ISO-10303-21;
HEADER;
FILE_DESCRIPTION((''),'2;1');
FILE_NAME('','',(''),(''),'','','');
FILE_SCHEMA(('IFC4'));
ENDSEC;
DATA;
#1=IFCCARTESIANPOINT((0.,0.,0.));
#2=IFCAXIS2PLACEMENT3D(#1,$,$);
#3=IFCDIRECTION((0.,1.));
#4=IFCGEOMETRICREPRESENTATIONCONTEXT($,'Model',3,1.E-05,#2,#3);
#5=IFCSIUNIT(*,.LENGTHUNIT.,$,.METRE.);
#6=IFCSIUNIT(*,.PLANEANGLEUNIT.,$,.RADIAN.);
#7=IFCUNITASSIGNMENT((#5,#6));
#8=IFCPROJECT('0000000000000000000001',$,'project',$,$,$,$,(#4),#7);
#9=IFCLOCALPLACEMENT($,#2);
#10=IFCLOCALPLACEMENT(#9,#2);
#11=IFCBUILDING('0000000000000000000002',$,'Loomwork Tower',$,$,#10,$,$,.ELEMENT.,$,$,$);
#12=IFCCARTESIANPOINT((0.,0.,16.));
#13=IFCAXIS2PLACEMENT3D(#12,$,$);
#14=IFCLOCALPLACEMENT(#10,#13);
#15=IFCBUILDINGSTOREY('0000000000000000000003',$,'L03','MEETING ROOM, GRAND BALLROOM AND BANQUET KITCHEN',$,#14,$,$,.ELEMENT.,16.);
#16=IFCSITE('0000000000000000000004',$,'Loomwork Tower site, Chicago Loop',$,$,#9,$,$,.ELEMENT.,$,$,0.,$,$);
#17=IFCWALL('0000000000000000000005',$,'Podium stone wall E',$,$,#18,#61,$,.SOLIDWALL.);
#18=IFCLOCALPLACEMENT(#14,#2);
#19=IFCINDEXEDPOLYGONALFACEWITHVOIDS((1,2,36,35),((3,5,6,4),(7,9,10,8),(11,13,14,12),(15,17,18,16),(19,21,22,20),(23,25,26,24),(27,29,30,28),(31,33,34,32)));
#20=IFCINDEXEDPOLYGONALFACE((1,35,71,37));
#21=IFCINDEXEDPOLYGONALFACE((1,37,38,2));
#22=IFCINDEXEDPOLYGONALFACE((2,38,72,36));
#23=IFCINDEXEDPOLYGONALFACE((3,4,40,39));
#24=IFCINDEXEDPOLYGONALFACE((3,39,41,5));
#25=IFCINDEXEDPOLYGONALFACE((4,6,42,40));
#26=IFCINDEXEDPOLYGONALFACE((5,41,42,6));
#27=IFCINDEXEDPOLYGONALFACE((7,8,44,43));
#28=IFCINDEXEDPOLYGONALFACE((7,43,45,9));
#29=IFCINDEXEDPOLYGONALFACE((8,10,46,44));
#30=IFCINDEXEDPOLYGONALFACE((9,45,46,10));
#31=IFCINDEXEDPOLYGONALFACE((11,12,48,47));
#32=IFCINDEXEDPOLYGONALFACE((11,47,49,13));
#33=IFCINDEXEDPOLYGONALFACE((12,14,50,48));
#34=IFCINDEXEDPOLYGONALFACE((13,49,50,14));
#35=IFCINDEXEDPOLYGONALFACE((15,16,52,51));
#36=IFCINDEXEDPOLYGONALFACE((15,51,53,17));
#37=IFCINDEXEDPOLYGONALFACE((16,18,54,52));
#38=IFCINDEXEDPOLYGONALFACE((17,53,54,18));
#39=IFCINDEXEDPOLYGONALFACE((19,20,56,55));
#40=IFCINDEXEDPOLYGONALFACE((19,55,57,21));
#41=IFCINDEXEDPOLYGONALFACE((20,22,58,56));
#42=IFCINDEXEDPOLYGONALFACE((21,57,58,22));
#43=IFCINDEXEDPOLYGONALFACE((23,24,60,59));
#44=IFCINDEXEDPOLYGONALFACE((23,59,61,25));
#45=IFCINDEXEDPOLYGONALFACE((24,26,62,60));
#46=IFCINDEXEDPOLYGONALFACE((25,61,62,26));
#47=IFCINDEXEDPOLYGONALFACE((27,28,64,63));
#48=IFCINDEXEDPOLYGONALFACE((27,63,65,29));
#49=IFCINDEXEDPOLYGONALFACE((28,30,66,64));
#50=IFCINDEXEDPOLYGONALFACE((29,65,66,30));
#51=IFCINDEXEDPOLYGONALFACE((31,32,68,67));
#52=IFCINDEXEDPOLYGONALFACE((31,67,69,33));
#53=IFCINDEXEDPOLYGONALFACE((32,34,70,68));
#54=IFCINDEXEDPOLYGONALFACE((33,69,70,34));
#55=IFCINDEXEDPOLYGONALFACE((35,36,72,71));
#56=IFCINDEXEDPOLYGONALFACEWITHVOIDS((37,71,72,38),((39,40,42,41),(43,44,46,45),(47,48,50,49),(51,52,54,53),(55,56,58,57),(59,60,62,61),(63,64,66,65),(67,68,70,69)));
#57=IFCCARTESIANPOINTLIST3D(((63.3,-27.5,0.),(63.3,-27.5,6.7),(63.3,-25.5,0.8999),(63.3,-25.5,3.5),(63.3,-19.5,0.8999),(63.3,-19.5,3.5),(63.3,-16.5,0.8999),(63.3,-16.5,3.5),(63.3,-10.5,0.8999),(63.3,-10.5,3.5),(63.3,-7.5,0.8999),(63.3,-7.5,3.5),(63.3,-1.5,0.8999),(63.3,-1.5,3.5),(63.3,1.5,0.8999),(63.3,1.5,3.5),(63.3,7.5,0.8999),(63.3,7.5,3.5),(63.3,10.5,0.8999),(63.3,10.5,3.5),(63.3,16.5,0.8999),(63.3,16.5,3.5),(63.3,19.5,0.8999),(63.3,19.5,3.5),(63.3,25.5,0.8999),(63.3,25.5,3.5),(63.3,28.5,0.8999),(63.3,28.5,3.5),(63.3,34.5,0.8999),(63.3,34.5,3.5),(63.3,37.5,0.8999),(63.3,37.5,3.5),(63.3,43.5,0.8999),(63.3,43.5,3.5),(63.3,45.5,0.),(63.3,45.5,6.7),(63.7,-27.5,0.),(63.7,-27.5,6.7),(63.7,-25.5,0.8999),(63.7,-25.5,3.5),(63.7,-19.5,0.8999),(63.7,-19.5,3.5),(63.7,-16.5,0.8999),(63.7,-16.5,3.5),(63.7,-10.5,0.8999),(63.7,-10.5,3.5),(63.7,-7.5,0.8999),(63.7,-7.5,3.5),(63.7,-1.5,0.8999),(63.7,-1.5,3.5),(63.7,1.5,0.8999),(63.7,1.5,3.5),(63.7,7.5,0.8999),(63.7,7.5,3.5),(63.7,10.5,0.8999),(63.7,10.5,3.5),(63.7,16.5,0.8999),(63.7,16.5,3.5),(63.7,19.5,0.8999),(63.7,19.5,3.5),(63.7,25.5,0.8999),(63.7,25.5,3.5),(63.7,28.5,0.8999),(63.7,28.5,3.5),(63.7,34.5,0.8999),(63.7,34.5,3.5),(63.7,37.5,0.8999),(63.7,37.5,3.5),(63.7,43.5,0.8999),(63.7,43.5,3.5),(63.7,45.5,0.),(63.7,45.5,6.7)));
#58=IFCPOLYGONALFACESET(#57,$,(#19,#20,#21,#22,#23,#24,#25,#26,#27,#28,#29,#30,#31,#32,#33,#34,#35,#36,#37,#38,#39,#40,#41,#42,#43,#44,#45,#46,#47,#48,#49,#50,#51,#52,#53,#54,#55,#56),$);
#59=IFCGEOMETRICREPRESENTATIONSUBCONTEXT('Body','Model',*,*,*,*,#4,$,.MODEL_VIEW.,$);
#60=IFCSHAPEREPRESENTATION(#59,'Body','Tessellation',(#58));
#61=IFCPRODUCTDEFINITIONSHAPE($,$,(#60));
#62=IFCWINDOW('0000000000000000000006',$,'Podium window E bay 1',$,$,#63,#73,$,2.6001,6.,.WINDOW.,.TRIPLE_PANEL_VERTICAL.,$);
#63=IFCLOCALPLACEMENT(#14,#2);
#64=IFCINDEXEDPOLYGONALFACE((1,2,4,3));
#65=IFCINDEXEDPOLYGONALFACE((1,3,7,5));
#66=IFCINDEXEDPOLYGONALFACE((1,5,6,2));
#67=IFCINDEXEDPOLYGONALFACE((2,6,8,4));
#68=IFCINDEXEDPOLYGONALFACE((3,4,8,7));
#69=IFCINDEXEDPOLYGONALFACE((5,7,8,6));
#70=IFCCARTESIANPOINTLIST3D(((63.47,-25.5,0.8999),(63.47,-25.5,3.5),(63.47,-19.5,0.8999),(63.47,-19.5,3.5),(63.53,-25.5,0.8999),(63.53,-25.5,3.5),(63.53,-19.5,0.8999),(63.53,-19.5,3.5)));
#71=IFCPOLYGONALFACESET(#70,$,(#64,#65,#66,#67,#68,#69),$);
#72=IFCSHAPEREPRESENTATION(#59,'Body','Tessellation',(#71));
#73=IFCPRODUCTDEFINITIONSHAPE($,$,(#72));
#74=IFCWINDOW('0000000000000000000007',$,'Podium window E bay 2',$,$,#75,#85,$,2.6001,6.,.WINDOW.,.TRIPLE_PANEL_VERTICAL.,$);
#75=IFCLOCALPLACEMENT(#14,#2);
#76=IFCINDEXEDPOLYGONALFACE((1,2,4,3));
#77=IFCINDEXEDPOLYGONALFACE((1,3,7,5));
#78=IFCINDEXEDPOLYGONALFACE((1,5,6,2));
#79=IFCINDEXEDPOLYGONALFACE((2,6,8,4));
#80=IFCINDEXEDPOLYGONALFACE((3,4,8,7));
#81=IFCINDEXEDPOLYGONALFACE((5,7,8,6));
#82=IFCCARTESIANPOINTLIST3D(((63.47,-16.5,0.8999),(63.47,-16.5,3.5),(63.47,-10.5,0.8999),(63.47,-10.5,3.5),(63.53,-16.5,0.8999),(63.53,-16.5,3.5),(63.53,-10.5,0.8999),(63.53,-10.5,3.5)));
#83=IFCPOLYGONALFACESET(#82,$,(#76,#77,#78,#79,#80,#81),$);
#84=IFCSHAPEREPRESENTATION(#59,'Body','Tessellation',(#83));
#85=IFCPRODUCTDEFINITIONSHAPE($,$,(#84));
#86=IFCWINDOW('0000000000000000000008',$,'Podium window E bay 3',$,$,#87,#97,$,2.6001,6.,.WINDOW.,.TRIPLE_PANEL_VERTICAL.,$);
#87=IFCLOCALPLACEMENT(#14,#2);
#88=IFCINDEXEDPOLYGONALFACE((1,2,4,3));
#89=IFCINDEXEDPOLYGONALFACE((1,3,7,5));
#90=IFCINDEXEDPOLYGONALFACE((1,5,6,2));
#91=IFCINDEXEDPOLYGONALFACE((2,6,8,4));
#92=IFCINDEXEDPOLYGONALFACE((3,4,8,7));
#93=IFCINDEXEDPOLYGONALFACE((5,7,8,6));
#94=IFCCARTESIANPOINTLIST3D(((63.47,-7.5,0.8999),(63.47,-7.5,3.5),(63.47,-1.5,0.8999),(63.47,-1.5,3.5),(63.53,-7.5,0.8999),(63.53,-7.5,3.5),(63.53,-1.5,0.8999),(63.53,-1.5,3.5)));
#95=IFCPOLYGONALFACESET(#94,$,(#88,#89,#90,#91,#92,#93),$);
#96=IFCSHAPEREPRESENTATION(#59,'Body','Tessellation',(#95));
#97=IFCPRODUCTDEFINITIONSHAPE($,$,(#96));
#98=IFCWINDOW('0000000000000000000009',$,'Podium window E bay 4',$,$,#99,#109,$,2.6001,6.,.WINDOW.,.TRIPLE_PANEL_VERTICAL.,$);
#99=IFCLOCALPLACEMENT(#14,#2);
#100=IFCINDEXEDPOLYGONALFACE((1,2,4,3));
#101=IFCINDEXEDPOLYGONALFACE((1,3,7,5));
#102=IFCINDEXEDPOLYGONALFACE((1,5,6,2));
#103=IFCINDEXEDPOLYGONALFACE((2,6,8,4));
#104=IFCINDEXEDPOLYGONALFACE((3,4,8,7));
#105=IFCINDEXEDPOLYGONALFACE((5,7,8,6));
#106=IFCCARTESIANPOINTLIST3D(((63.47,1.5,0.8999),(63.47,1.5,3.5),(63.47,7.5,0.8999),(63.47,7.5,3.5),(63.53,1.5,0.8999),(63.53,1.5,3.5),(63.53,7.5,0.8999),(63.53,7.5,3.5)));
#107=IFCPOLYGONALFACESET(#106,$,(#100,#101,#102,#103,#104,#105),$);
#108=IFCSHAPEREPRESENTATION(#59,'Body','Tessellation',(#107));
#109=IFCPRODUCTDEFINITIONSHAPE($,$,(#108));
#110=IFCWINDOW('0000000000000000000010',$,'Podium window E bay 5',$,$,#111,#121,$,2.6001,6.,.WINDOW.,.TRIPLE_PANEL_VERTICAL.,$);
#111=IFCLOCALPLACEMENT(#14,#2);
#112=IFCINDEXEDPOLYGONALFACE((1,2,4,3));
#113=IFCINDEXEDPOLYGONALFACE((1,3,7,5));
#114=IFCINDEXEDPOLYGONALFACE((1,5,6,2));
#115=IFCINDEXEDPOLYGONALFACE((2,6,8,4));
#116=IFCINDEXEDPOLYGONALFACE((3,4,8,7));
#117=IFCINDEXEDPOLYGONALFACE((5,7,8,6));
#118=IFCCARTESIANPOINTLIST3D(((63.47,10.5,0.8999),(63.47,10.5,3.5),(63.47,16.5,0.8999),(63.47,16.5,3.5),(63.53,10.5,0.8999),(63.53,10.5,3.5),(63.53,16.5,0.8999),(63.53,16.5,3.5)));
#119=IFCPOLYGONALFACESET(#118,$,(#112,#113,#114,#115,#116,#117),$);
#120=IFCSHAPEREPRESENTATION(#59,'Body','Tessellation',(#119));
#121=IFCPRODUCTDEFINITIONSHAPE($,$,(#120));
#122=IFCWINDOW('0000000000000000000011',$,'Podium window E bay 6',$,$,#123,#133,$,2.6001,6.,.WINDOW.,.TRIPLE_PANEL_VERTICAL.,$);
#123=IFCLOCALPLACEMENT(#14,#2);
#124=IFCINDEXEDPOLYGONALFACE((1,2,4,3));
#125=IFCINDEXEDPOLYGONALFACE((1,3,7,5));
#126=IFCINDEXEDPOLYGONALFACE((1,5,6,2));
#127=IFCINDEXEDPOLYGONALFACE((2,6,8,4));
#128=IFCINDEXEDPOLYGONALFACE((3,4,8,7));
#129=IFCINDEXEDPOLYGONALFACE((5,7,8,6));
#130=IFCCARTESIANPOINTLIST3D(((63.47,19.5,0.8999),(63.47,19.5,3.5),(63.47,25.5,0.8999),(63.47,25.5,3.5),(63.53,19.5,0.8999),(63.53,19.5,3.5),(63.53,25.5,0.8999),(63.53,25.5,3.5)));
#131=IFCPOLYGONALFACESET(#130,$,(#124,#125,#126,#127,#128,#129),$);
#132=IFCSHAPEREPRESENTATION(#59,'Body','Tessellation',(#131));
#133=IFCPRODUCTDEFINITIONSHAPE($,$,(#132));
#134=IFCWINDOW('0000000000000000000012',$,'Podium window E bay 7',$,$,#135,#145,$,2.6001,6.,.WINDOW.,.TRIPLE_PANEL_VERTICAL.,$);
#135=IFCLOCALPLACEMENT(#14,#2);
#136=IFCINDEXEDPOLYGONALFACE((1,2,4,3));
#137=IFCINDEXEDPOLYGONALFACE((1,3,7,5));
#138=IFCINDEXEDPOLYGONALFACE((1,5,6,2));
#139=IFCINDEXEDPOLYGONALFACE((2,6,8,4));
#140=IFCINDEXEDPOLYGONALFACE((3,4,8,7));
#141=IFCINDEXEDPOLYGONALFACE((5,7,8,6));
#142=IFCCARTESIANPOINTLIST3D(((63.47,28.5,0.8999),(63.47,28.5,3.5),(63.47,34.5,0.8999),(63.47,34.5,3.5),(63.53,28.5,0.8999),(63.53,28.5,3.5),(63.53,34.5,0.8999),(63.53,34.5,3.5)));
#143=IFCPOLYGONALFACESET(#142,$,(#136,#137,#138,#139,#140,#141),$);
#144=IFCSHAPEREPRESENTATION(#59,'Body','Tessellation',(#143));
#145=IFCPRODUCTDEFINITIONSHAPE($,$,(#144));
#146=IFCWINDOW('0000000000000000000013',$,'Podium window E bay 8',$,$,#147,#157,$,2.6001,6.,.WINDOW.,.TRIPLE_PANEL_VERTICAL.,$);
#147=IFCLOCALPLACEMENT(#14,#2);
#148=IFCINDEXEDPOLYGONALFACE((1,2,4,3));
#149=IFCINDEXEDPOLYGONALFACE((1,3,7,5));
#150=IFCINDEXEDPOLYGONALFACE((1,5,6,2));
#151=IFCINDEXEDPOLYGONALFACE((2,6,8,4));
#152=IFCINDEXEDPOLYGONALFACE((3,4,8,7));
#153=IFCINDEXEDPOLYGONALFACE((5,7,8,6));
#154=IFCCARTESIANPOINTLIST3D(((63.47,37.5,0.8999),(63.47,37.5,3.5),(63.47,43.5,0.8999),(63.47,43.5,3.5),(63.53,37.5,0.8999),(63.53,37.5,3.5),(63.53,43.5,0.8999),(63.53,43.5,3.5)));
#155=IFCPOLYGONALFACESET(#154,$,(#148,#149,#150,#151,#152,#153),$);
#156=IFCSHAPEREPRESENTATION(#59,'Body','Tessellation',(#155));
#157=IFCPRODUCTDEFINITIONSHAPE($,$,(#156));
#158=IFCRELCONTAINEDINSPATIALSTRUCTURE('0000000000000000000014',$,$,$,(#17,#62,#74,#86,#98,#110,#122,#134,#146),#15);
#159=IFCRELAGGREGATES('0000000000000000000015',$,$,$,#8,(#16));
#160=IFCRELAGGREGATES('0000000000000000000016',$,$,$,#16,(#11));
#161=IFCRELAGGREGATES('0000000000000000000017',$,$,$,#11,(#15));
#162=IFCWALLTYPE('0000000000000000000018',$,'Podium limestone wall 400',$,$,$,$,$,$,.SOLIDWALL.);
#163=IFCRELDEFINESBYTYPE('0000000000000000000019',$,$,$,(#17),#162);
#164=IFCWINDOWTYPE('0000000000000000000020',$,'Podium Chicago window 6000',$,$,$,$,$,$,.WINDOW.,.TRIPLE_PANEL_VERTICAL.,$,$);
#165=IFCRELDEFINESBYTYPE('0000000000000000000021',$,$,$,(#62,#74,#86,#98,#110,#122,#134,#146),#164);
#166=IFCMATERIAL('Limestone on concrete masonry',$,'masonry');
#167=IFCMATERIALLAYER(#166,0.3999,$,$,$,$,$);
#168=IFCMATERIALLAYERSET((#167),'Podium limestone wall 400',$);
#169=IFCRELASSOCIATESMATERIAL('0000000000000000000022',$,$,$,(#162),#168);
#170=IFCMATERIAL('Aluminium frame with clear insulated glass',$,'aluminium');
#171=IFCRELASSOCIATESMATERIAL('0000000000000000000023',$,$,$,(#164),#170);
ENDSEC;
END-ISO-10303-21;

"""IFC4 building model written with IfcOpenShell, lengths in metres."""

from ifc_helpers import new_model, si_unit, direction, frame, frame_2d, origin, place, context, subcontext, project, spatial, rectangle, extrude, material, layer, layer_set, type_object, element, fill, save


model = new_model("IFC4")

# Units and contexts
model_context = context("Model", 3, precision=1e-05, world=origin(), true_north=direction((0.0, 1.0)))
body_context = subcontext(model_context, "Body", "Model", "MODEL_VIEW")
ifc_project = project(units=[si_unit("LENGTHUNIT", "METRE"), si_unit("PLANEANGLEUNIT", "RADIAN")], contexts=[model_context])

# Site, building, storey
site_placement = place(None, origin())
site = spatial("IfcSite", under=ifc_project, at=site_placement, Name="Loomwork Tower site, Chicago Loop", CompositionType="ELEMENT", RefElevation=0.0)
building_placement = place(site_placement, origin())
building = spatial("IfcBuilding", under=site, at=building_placement, Name="Loomwork Tower", CompositionType="ELEMENT")
storey_placement = place(building_placement, frame((0.0, 0.0, 16.0)))
storey = spatial("IfcBuildingStorey", under=building, at=storey_placement, Name="L03", Description="MEETING ROOM, GRAND BALLROOM AND BANQUET KITCHEN", CompositionType="ELEMENT", Elevation=16.0)

# Wall, openings, windows
ifc_material_1 = material(Name="Limestone on concrete masonry", Category="masonry")
ifc_layer_1 = layer(ifc_material_1, 0.3999)
ifc_layer_set_1 = layer_set([ifc_layer_1], Name="Podium limestone wall 400")
wall_type_1 = type_object("IfcWallType", Name="Podium limestone wall 400", PredefinedType="SOLIDWALL", material=ifc_layer_set_1)
wall_1_placement = place(storey_placement, frame((63.5, -27.5, 0.0), z_axis=(0.0, 0.0, 1.0), x_axis=(0.0, 1.0, 0.0)))
wall_1 = element("IfcWall", 1, at=wall_1_placement, inside=storey, type_object=wall_type_1, Name="Podium stone wall E", PredefinedType="SOLIDWALL", context=body_context, shape_type="SweptSolid", body=[
    extrude(rectangle(XDim=73.0, YDim=0.3999, at=frame_2d((36.5, 0.0))), origin(), (0.0, 0.0, 1.0), 6.7),
])
opening_1_placement = place(wall_1_placement, frame((2.0, 0.0, 0.8999)))
opening_1 = element("IfcOpeningElement", 2, at=opening_1_placement, cuts=wall_1, PredefinedType="OPENING", context=body_context, shape_type="SweptSolid", body=[
    extrude(rectangle(XDim=6.0, YDim=2.6001, at=frame_2d((3.0, 1.3))), frame((0.0, 0.21, 0.0), z_axis=(0.0, -1.0, 0.0), x_axis=(1.0, 0.0, 0.0)), (0.0, 0.0, 1.0), 0.4199),
])
opening_2_placement = place(wall_1_placement, frame((11.0, 0.0, 0.8999)))
opening_2 = element("IfcOpeningElement", 3, at=opening_2_placement, cuts=wall_1, PredefinedType="OPENING", context=body_context, shape_type="SweptSolid", body=[
    extrude(rectangle(XDim=6.0, YDim=2.6001, at=frame_2d((3.0, 1.3))), frame((0.0, 0.21, 0.0), z_axis=(0.0, -1.0, 0.0), x_axis=(1.0, 0.0, 0.0)), (0.0, 0.0, 1.0), 0.4199),
])
opening_3_placement = place(wall_1_placement, frame((20.0, 0.0, 0.8999)))
opening_3 = element("IfcOpeningElement", 4, at=opening_3_placement, cuts=wall_1, PredefinedType="OPENING", context=body_context, shape_type="SweptSolid", body=[
    extrude(rectangle(XDim=6.0, YDim=2.6001, at=frame_2d((3.0, 1.3))), frame((0.0, 0.21, 0.0), z_axis=(0.0, -1.0, 0.0), x_axis=(1.0, 0.0, 0.0)), (0.0, 0.0, 1.0), 0.4199),
])
opening_4_placement = place(wall_1_placement, frame((29.0, 0.0, 0.8999)))
opening_4 = element("IfcOpeningElement", 5, at=opening_4_placement, cuts=wall_1, PredefinedType="OPENING", context=body_context, shape_type="SweptSolid", body=[
    extrude(rectangle(XDim=6.0, YDim=2.6001, at=frame_2d((3.0, 1.3))), frame((0.0, 0.21, 0.0), z_axis=(0.0, -1.0, 0.0), x_axis=(1.0, 0.0, 0.0)), (0.0, 0.0, 1.0), 0.4199),
])
opening_5_placement = place(wall_1_placement, frame((38.0, 0.0, 0.8999)))
opening_5 = element("IfcOpeningElement", 6, at=opening_5_placement, cuts=wall_1, PredefinedType="OPENING", context=body_context, shape_type="SweptSolid", body=[
    extrude(rectangle(XDim=6.0, YDim=2.6001, at=frame_2d((3.0, 1.3))), frame((0.0, 0.21, 0.0), z_axis=(0.0, -1.0, 0.0), x_axis=(1.0, 0.0, 0.0)), (0.0, 0.0, 1.0), 0.4199),
])
opening_6_placement = place(wall_1_placement, frame((47.0, 0.0, 0.8999)))
opening_6 = element("IfcOpeningElement", 7, at=opening_6_placement, cuts=wall_1, PredefinedType="OPENING", context=body_context, shape_type="SweptSolid", body=[
    extrude(rectangle(XDim=6.0, YDim=2.6001, at=frame_2d((3.0, 1.3))), frame((0.0, 0.21, 0.0), z_axis=(0.0, -1.0, 0.0), x_axis=(1.0, 0.0, 0.0)), (0.0, 0.0, 1.0), 0.4199),
])
opening_7_placement = place(wall_1_placement, frame((56.0, 0.0, 0.8999)))
opening_7 = element("IfcOpeningElement", 8, at=opening_7_placement, cuts=wall_1, PredefinedType="OPENING", context=body_context, shape_type="SweptSolid", body=[
    extrude(rectangle(XDim=6.0, YDim=2.6001, at=frame_2d((3.0, 1.3))), frame((0.0, 0.21, 0.0), z_axis=(0.0, -1.0, 0.0), x_axis=(1.0, 0.0, 0.0)), (0.0, 0.0, 1.0), 0.4199),
])
opening_8_placement = place(wall_1_placement, frame((65.0, 0.0, 0.8999)))
opening_8 = element("IfcOpeningElement", 9, at=opening_8_placement, cuts=wall_1, PredefinedType="OPENING", context=body_context, shape_type="SweptSolid", body=[
    extrude(rectangle(XDim=6.0, YDim=2.6001, at=frame_2d((3.0, 1.3))), frame((0.0, 0.21, 0.0), z_axis=(0.0, -1.0, 0.0), x_axis=(1.0, 0.0, 0.0)), (0.0, 0.0, 1.0), 0.4199),
])
ifc_material_2 = material(Name="Aluminium frame with clear insulated glass", Category="aluminium")
window_type = type_object("IfcWindowType", Name="Podium Chicago window 6000", PartitioningType="TRIPLE_PANEL_VERTICAL", PredefinedType="WINDOW", material=ifc_material_2)
window_1_placement = place(opening_1_placement, origin())
window_1 = element("IfcWindow", 10, at=window_1_placement, inside=storey, type_object=window_type, Name="Podium window E bay 1", OverallHeight=2.6001, OverallWidth=6.0, PartitioningType="TRIPLE_PANEL_VERTICAL", PredefinedType="WINDOW", context=body_context, shape_type="SweptSolid", body=[
    extrude(rectangle(XDim=6.0, YDim=2.6001, at=frame_2d((3.0, 1.3))), frame((0.0, 0.03, 0.0), z_axis=(0.0, -1.0, 0.0), x_axis=(1.0, 0.0, 0.0)), (0.0, 0.0, 1.0), 0.0601),
])
fill(opening_1, window_1)
window_2_placement = place(opening_2_placement, origin())
window_2 = element("IfcWindow", 11, at=window_2_placement, inside=storey, type_object=window_type, Name="Podium window E bay 2", OverallHeight=2.6001, OverallWidth=6.0, PartitioningType="TRIPLE_PANEL_VERTICAL", PredefinedType="WINDOW", context=body_context, shape_type="SweptSolid", body=[
    extrude(rectangle(XDim=6.0, YDim=2.6001, at=frame_2d((3.0, 1.3))), frame((0.0, 0.03, 0.0), z_axis=(0.0, -1.0, 0.0), x_axis=(1.0, 0.0, 0.0)), (0.0, 0.0, 1.0), 0.0601),
])
fill(opening_2, window_2)
window_3_placement = place(opening_3_placement, origin())
window_3 = element("IfcWindow", 12, at=window_3_placement, inside=storey, type_object=window_type, Name="Podium window E bay 3", OverallHeight=2.6001, OverallWidth=6.0, PartitioningType="TRIPLE_PANEL_VERTICAL", PredefinedType="WINDOW", context=body_context, shape_type="SweptSolid", body=[
    extrude(rectangle(XDim=6.0, YDim=2.6001, at=frame_2d((3.0, 1.3))), frame((0.0, 0.03, 0.0), z_axis=(0.0, -1.0, 0.0), x_axis=(1.0, 0.0, 0.0)), (0.0, 0.0, 1.0), 0.0601),
])
fill(opening_3, window_3)
window_4_placement = place(opening_4_placement, origin())
window_4 = element("IfcWindow", 13, at=window_4_placement, inside=storey, type_object=window_type, Name="Podium window E bay 4", OverallHeight=2.6001, OverallWidth=6.0, PartitioningType="TRIPLE_PANEL_VERTICAL", PredefinedType="WINDOW", context=body_context, shape_type="SweptSolid", body=[
    extrude(rectangle(XDim=6.0, YDim=2.6001, at=frame_2d((3.0, 1.3))), frame((0.0, 0.03, 0.0), z_axis=(0.0, -1.0, 0.0), x_axis=(1.0, 0.0, 0.0)), (0.0, 0.0, 1.0), 0.0601),
])
fill(opening_4, window_4)
window_5_placement = place(opening_5_placement, origin())
window_5 = element("IfcWindow", 14, at=window_5_placement, inside=storey, type_object=window_type, Name="Podium window E bay 5", OverallHeight=2.6001, OverallWidth=6.0, PartitioningType="TRIPLE_PANEL_VERTICAL", PredefinedType="WINDOW", context=body_context, shape_type="SweptSolid", body=[
    extrude(rectangle(XDim=6.0, YDim=2.6001, at=frame_2d((3.0, 1.3))), frame((0.0, 0.03, 0.0), z_axis=(0.0, -1.0, 0.0), x_axis=(1.0, 0.0, 0.0)), (0.0, 0.0, 1.0), 0.0601),
])
fill(opening_5, window_5)
window_6_placement = place(opening_6_placement, origin())
window_6 = element("IfcWindow", 15, at=window_6_placement, inside=storey, type_object=window_type, Name="Podium window E bay 6", OverallHeight=2.6001, OverallWidth=6.0, PartitioningType="TRIPLE_PANEL_VERTICAL", PredefinedType="WINDOW", context=body_context, shape_type="SweptSolid", body=[
    extrude(rectangle(XDim=6.0, YDim=2.6001, at=frame_2d((3.0, 1.3))), frame((0.0, 0.03, 0.0), z_axis=(0.0, -1.0, 0.0), x_axis=(1.0, 0.0, 0.0)), (0.0, 0.0, 1.0), 0.0601),
])
fill(opening_6, window_6)
window_7_placement = place(opening_7_placement, origin())
window_7 = element("IfcWindow", 16, at=window_7_placement, inside=storey, type_object=window_type, Name="Podium window E bay 7", OverallHeight=2.6001, OverallWidth=6.0, PartitioningType="TRIPLE_PANEL_VERTICAL", PredefinedType="WINDOW", context=body_context, shape_type="SweptSolid", body=[
    extrude(rectangle(XDim=6.0, YDim=2.6001, at=frame_2d((3.0, 1.3))), frame((0.0, 0.03, 0.0), z_axis=(0.0, -1.0, 0.0), x_axis=(1.0, 0.0, 0.0)), (0.0, 0.0, 1.0), 0.0601),
])
fill(opening_7, window_7)
window_8_placement = place(opening_8_placement, origin())
window_8 = element("IfcWindow", 17, at=window_8_placement, inside=storey, type_object=window_type, Name="Podium window E bay 8", OverallHeight=2.6001, OverallWidth=6.0, PartitioningType="TRIPLE_PANEL_VERTICAL", PredefinedType="WINDOW", context=body_context, shape_type="SweptSolid", body=[
    extrude(rectangle(XDim=6.0, YDim=2.6001, at=frame_2d((3.0, 1.3))), frame((0.0, 0.03, 0.0), z_axis=(0.0, -1.0, 0.0), x_axis=(1.0, 0.0, 0.0)), (0.0, 0.0, 1.0), 0.0601),
])
fill(opening_8, window_8)

save(model, "model.ifc")
